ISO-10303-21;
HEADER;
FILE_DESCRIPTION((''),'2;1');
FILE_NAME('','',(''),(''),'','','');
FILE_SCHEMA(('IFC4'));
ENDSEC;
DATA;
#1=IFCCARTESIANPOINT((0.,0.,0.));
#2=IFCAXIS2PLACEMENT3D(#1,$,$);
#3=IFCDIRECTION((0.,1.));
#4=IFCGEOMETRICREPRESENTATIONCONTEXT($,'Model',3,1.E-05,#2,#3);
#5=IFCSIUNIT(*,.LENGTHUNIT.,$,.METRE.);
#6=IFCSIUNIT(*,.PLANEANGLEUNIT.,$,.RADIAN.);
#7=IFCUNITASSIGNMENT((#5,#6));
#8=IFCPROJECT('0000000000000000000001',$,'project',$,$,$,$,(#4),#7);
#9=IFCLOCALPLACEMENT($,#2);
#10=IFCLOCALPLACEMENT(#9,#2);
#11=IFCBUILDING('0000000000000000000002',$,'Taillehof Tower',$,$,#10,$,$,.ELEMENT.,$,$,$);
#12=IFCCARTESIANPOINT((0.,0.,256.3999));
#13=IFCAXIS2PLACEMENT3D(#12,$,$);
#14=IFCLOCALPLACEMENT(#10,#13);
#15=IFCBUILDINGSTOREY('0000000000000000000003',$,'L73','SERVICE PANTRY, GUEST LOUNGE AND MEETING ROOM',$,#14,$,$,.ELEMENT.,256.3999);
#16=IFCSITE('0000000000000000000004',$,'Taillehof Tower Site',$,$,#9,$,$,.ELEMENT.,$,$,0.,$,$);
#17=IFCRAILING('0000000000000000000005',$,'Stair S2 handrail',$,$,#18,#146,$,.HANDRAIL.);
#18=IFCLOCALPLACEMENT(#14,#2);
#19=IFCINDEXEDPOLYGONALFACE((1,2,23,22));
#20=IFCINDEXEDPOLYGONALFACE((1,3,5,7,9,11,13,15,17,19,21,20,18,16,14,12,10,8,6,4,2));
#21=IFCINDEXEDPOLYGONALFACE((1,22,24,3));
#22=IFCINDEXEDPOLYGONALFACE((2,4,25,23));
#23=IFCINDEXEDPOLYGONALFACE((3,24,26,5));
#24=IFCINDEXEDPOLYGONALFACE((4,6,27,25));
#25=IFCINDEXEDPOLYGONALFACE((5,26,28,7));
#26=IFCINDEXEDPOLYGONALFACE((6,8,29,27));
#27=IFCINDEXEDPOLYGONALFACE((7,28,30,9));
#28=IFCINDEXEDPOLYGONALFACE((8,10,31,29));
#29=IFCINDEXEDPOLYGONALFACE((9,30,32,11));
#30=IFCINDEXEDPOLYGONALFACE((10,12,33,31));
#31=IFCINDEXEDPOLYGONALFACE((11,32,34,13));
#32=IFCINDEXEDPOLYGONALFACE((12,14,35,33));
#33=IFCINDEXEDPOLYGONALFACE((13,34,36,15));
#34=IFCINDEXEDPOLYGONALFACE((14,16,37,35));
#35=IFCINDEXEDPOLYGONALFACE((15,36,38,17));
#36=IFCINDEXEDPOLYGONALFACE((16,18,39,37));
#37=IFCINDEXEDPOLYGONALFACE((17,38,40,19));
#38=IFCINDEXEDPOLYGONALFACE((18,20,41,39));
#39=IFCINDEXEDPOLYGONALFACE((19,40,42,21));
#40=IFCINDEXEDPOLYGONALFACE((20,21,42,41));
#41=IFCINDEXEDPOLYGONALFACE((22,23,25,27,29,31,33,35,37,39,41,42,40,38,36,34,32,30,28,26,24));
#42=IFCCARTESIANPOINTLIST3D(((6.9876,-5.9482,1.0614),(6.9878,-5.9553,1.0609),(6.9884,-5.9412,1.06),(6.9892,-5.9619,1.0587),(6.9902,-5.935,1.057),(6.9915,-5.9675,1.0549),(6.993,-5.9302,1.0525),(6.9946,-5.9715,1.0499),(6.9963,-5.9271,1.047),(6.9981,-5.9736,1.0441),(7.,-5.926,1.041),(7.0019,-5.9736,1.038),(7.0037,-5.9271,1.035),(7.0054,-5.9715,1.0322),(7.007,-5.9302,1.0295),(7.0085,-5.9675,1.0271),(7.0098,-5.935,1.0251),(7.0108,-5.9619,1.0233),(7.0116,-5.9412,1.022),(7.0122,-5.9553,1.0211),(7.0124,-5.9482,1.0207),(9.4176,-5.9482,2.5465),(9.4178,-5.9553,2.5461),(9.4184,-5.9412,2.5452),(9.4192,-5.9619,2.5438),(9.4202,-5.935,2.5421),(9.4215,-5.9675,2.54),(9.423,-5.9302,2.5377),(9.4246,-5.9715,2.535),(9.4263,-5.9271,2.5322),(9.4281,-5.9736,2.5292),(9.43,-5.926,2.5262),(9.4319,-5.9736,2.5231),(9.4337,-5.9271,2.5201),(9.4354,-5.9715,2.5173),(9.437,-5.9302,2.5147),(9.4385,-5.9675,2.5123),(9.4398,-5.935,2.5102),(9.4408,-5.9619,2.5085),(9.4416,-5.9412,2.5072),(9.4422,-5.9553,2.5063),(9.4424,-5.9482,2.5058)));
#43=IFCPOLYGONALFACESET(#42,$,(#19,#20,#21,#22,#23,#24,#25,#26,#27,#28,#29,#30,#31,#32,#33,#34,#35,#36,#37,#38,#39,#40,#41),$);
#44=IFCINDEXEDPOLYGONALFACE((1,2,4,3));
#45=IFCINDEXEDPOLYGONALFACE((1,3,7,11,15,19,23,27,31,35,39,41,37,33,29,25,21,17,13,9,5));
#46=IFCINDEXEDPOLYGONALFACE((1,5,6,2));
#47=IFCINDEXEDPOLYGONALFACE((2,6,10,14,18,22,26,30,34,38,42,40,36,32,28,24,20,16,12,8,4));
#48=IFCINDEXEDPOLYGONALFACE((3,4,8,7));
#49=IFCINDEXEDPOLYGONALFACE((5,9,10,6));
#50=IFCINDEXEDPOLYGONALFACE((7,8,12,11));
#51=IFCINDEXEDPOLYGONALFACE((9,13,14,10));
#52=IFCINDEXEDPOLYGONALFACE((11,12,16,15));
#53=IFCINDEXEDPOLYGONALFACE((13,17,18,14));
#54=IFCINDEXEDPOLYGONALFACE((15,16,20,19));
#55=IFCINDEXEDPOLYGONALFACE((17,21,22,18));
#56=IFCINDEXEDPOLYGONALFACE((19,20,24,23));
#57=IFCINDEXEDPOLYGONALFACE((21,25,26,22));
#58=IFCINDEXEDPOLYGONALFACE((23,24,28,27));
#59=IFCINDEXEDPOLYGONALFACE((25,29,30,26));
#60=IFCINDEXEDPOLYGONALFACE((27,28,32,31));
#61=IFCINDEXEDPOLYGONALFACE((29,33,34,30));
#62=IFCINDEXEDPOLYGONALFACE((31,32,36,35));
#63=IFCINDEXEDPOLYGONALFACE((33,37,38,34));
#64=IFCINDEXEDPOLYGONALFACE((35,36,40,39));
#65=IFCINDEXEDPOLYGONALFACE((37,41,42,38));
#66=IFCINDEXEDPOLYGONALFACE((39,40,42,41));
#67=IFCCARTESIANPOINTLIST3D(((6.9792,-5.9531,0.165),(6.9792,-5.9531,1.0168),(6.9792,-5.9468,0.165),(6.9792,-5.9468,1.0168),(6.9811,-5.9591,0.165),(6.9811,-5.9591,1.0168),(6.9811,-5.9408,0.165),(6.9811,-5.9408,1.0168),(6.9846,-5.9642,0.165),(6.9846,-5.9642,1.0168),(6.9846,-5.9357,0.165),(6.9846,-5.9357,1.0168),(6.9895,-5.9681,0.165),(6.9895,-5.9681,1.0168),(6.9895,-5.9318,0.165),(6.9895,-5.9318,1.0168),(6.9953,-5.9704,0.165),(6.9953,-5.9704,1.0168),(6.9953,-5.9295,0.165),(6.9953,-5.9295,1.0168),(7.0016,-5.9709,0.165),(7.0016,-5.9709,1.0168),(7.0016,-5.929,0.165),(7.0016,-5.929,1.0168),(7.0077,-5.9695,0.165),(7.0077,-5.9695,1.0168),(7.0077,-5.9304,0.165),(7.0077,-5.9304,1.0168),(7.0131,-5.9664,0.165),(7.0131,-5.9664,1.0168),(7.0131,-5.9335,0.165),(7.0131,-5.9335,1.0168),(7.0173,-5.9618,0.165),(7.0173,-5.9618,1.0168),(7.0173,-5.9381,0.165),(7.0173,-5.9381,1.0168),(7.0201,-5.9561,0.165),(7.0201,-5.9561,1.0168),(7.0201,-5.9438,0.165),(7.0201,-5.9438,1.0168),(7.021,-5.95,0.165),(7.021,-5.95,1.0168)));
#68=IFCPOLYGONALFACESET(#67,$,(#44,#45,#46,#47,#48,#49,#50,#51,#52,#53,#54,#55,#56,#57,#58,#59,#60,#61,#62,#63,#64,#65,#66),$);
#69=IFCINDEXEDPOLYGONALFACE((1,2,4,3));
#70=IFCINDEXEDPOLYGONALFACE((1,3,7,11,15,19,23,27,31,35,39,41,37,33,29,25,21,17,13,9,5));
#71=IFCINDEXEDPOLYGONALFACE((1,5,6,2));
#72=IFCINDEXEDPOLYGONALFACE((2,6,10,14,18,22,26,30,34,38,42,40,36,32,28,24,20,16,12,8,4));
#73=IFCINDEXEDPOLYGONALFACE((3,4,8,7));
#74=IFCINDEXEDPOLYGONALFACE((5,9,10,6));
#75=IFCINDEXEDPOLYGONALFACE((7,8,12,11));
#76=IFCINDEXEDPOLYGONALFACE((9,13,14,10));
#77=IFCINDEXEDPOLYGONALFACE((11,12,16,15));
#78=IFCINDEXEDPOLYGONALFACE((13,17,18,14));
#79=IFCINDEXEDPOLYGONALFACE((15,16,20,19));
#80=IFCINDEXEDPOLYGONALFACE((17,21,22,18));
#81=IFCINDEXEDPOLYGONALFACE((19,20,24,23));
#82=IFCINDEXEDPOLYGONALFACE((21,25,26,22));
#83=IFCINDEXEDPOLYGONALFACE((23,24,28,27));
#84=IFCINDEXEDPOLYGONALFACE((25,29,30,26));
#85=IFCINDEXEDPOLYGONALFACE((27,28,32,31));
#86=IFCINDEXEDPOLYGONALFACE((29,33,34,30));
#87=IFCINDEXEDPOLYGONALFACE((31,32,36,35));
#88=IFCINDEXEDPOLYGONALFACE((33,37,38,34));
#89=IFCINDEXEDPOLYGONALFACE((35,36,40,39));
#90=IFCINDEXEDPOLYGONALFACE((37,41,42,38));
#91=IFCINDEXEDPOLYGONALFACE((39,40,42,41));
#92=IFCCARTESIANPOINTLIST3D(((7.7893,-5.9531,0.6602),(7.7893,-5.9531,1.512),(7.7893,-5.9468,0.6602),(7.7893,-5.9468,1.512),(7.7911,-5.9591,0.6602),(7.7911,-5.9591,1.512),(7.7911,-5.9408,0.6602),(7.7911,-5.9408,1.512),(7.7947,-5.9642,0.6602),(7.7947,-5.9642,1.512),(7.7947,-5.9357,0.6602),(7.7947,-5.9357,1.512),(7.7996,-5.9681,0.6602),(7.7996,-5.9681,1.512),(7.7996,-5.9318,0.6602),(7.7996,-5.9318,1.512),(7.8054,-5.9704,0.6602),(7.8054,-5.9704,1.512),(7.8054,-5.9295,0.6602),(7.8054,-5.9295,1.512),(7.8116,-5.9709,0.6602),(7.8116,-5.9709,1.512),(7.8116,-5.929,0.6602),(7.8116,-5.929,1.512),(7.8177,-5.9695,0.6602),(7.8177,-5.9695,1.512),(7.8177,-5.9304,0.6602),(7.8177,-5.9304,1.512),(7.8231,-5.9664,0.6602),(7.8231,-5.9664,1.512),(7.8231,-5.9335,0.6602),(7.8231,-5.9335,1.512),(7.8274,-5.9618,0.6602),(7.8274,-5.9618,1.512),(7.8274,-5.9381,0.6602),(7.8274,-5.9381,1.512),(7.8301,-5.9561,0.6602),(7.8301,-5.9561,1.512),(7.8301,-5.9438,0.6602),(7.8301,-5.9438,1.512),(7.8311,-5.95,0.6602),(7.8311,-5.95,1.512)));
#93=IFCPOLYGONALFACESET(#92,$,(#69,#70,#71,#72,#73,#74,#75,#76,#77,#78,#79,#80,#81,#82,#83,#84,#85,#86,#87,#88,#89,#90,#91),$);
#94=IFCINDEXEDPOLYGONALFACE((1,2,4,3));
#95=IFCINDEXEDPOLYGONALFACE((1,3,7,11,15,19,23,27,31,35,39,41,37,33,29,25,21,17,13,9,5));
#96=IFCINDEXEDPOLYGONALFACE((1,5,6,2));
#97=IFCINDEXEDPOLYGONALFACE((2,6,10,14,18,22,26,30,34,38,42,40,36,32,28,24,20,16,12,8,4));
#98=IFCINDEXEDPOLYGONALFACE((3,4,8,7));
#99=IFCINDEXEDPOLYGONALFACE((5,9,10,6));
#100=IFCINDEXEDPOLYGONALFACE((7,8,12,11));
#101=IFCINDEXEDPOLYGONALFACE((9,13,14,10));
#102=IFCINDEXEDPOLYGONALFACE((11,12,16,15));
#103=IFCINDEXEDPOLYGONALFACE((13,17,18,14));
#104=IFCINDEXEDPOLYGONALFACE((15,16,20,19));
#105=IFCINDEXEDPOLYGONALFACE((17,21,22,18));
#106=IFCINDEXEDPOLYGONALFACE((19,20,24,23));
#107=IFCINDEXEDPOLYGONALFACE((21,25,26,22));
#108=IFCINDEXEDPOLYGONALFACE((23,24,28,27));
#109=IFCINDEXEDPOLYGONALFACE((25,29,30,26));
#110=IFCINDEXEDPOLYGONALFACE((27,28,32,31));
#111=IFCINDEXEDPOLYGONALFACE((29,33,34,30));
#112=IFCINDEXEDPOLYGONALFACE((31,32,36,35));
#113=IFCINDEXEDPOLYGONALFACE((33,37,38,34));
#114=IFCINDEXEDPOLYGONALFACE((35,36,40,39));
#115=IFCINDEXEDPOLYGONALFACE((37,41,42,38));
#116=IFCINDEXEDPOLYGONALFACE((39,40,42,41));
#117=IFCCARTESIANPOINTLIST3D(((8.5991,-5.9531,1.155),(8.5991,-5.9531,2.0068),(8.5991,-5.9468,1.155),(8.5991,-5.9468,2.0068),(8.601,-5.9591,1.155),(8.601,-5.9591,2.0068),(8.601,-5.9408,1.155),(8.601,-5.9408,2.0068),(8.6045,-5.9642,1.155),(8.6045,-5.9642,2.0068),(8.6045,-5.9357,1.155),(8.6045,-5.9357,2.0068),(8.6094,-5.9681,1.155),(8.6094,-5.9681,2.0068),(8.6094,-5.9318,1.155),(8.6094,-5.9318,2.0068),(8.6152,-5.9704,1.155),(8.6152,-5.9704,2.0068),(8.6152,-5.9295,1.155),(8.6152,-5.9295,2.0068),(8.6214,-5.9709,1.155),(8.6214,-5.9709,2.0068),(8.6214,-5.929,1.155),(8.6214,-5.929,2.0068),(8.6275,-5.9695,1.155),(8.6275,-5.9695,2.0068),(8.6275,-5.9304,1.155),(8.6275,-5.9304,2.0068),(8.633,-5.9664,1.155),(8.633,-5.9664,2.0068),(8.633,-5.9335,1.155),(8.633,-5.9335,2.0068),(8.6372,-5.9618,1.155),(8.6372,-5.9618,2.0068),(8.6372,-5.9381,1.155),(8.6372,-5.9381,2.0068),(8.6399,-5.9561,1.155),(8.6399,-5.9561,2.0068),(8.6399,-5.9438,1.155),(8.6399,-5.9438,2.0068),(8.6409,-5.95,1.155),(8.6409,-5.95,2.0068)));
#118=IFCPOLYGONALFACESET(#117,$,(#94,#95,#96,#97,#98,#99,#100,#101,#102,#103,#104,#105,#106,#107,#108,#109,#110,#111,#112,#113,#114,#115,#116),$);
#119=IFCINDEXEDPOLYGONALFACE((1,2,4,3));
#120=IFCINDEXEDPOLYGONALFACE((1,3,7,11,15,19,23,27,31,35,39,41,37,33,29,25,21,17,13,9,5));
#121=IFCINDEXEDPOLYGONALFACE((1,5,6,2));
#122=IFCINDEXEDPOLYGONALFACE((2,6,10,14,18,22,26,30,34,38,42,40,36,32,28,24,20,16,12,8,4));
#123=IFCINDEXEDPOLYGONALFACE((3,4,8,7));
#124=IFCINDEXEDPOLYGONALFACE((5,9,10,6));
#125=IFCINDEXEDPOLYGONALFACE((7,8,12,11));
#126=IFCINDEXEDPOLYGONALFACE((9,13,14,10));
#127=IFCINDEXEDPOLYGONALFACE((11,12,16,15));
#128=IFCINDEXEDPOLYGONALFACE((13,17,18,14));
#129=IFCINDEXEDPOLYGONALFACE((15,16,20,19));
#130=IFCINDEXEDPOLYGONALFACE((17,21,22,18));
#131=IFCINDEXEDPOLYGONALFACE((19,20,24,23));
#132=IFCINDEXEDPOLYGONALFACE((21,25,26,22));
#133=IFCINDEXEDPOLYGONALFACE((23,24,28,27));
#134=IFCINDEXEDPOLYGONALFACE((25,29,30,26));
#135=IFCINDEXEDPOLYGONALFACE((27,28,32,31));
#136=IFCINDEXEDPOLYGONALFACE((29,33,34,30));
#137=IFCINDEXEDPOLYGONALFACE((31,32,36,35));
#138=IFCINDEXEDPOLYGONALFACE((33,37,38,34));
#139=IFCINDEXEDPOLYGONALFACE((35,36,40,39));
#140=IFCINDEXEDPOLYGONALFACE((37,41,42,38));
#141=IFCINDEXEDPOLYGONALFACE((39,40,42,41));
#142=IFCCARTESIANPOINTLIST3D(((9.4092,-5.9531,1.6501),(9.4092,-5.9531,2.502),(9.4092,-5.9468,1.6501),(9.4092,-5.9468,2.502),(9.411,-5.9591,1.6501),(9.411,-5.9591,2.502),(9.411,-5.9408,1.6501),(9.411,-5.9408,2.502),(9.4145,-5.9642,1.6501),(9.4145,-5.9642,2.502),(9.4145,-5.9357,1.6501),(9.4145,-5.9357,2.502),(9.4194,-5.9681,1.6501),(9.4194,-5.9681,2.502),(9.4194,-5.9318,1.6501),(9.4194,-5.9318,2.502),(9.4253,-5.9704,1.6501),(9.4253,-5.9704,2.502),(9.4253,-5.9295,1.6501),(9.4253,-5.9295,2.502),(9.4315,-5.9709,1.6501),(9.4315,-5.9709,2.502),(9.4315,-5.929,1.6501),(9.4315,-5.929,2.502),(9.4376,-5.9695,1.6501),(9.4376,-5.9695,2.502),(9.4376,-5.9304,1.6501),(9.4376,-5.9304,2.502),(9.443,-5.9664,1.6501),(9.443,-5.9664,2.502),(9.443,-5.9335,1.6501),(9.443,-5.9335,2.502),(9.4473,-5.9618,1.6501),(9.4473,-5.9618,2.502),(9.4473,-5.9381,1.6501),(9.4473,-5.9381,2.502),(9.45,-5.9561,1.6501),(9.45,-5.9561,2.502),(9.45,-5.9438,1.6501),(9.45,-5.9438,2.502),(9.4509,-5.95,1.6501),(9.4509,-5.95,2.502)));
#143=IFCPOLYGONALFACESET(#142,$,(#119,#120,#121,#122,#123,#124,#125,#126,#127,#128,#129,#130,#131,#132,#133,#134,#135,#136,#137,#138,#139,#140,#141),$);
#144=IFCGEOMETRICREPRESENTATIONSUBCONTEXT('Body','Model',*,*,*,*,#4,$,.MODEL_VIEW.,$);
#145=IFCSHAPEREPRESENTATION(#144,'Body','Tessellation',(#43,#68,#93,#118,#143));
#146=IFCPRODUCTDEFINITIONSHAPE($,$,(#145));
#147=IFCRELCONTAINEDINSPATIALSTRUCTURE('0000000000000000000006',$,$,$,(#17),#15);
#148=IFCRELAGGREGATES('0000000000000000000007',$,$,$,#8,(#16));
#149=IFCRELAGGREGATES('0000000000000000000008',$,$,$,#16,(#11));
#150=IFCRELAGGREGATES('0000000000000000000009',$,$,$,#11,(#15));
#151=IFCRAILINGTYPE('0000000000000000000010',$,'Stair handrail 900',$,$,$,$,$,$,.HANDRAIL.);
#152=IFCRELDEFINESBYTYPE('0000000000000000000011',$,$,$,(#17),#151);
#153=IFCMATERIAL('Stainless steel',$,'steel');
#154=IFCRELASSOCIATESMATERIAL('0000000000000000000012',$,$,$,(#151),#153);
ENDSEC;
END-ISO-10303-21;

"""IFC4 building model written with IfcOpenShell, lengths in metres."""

from ifc_helpers import new_model, si_unit, direction, frame, origin, origin_2d, place, context, subcontext, project, spatial, circle, extrude, material, type_object, element, save


model = new_model("IFC4")

# Units and contexts
model_context = context("Model", 3, precision=1e-05, world=origin(), true_north=direction((0.0, 1.0)))
body_context = subcontext(model_context, "Body", "Model", "MODEL_VIEW")
ifc_project = project(units=[si_unit("LENGTHUNIT", "METRE"), si_unit("PLANEANGLEUNIT", "RADIAN")], contexts=[model_context])

# Site, building, storey
site_placement = place(None, origin())
site = spatial("IfcSite", under=ifc_project, at=site_placement, Name="Taillehof Tower Site", CompositionType="ELEMENT", RefElevation=0.0)
building_placement = place(site_placement, origin())
building = spatial("IfcBuilding", under=site, at=building_placement, Name="Taillehof Tower", CompositionType="ELEMENT")
storey_placement = place(building_placement, frame((0.0, 0.0, 256.3999)))
storey = spatial("IfcBuildingStorey", under=building, at=storey_placement, Name="L73", Description="SERVICE PANTRY, GUEST LOUNGE AND MEETING ROOM", CompositionType="ELEMENT", Elevation=256.3999)

# Railing
ifc_material_1 = material(Name="Stainless steel", Category="steel")
railing_type = type_object("IfcRailingType", Name="Stair handrail 900", PredefinedType="HANDRAIL", material=ifc_material_1)
railing_placement = place(storey_placement, frame((7.0, -5.95, 0.165)))
element("IfcRailing", 1, at=railing_placement, inside=storey, type_object=railing_type, Name="Stair S2 handrail", PredefinedType="HANDRAIL", context=body_context, shape_type="SweptSolid", body=[
    extrude(circle(Radius=0.0239, at=origin_2d()), frame((0.0, 0.0, 0.876), z_axis=(0.853259, 0.0, 0.521488), x_axis=(0.0, 1.0, 0.0)), (0.0, 0.0, 1.0), 2.8479),
    extrude(circle(Radius=0.021, at=origin_2d()), origin(), (0.0, 0.0, 1.0), 0.8518),
    extrude(circle(Radius=0.021, at=origin_2d()), frame((0.8101, 0.0, 0.4951)), (0.0, 0.0, 1.0), 0.8518),
    extrude(circle(Radius=0.021, at=origin_2d()), frame((1.6199, 0.0, 0.99)), (0.0, 0.0, 1.0), 0.8518),
    extrude(circle(Radius=0.021, at=origin_2d()), frame((2.4299, 0.0, 1.4851)), (0.0, 0.0, 1.0), 0.8518),
])

save(model, "model.ifc")
